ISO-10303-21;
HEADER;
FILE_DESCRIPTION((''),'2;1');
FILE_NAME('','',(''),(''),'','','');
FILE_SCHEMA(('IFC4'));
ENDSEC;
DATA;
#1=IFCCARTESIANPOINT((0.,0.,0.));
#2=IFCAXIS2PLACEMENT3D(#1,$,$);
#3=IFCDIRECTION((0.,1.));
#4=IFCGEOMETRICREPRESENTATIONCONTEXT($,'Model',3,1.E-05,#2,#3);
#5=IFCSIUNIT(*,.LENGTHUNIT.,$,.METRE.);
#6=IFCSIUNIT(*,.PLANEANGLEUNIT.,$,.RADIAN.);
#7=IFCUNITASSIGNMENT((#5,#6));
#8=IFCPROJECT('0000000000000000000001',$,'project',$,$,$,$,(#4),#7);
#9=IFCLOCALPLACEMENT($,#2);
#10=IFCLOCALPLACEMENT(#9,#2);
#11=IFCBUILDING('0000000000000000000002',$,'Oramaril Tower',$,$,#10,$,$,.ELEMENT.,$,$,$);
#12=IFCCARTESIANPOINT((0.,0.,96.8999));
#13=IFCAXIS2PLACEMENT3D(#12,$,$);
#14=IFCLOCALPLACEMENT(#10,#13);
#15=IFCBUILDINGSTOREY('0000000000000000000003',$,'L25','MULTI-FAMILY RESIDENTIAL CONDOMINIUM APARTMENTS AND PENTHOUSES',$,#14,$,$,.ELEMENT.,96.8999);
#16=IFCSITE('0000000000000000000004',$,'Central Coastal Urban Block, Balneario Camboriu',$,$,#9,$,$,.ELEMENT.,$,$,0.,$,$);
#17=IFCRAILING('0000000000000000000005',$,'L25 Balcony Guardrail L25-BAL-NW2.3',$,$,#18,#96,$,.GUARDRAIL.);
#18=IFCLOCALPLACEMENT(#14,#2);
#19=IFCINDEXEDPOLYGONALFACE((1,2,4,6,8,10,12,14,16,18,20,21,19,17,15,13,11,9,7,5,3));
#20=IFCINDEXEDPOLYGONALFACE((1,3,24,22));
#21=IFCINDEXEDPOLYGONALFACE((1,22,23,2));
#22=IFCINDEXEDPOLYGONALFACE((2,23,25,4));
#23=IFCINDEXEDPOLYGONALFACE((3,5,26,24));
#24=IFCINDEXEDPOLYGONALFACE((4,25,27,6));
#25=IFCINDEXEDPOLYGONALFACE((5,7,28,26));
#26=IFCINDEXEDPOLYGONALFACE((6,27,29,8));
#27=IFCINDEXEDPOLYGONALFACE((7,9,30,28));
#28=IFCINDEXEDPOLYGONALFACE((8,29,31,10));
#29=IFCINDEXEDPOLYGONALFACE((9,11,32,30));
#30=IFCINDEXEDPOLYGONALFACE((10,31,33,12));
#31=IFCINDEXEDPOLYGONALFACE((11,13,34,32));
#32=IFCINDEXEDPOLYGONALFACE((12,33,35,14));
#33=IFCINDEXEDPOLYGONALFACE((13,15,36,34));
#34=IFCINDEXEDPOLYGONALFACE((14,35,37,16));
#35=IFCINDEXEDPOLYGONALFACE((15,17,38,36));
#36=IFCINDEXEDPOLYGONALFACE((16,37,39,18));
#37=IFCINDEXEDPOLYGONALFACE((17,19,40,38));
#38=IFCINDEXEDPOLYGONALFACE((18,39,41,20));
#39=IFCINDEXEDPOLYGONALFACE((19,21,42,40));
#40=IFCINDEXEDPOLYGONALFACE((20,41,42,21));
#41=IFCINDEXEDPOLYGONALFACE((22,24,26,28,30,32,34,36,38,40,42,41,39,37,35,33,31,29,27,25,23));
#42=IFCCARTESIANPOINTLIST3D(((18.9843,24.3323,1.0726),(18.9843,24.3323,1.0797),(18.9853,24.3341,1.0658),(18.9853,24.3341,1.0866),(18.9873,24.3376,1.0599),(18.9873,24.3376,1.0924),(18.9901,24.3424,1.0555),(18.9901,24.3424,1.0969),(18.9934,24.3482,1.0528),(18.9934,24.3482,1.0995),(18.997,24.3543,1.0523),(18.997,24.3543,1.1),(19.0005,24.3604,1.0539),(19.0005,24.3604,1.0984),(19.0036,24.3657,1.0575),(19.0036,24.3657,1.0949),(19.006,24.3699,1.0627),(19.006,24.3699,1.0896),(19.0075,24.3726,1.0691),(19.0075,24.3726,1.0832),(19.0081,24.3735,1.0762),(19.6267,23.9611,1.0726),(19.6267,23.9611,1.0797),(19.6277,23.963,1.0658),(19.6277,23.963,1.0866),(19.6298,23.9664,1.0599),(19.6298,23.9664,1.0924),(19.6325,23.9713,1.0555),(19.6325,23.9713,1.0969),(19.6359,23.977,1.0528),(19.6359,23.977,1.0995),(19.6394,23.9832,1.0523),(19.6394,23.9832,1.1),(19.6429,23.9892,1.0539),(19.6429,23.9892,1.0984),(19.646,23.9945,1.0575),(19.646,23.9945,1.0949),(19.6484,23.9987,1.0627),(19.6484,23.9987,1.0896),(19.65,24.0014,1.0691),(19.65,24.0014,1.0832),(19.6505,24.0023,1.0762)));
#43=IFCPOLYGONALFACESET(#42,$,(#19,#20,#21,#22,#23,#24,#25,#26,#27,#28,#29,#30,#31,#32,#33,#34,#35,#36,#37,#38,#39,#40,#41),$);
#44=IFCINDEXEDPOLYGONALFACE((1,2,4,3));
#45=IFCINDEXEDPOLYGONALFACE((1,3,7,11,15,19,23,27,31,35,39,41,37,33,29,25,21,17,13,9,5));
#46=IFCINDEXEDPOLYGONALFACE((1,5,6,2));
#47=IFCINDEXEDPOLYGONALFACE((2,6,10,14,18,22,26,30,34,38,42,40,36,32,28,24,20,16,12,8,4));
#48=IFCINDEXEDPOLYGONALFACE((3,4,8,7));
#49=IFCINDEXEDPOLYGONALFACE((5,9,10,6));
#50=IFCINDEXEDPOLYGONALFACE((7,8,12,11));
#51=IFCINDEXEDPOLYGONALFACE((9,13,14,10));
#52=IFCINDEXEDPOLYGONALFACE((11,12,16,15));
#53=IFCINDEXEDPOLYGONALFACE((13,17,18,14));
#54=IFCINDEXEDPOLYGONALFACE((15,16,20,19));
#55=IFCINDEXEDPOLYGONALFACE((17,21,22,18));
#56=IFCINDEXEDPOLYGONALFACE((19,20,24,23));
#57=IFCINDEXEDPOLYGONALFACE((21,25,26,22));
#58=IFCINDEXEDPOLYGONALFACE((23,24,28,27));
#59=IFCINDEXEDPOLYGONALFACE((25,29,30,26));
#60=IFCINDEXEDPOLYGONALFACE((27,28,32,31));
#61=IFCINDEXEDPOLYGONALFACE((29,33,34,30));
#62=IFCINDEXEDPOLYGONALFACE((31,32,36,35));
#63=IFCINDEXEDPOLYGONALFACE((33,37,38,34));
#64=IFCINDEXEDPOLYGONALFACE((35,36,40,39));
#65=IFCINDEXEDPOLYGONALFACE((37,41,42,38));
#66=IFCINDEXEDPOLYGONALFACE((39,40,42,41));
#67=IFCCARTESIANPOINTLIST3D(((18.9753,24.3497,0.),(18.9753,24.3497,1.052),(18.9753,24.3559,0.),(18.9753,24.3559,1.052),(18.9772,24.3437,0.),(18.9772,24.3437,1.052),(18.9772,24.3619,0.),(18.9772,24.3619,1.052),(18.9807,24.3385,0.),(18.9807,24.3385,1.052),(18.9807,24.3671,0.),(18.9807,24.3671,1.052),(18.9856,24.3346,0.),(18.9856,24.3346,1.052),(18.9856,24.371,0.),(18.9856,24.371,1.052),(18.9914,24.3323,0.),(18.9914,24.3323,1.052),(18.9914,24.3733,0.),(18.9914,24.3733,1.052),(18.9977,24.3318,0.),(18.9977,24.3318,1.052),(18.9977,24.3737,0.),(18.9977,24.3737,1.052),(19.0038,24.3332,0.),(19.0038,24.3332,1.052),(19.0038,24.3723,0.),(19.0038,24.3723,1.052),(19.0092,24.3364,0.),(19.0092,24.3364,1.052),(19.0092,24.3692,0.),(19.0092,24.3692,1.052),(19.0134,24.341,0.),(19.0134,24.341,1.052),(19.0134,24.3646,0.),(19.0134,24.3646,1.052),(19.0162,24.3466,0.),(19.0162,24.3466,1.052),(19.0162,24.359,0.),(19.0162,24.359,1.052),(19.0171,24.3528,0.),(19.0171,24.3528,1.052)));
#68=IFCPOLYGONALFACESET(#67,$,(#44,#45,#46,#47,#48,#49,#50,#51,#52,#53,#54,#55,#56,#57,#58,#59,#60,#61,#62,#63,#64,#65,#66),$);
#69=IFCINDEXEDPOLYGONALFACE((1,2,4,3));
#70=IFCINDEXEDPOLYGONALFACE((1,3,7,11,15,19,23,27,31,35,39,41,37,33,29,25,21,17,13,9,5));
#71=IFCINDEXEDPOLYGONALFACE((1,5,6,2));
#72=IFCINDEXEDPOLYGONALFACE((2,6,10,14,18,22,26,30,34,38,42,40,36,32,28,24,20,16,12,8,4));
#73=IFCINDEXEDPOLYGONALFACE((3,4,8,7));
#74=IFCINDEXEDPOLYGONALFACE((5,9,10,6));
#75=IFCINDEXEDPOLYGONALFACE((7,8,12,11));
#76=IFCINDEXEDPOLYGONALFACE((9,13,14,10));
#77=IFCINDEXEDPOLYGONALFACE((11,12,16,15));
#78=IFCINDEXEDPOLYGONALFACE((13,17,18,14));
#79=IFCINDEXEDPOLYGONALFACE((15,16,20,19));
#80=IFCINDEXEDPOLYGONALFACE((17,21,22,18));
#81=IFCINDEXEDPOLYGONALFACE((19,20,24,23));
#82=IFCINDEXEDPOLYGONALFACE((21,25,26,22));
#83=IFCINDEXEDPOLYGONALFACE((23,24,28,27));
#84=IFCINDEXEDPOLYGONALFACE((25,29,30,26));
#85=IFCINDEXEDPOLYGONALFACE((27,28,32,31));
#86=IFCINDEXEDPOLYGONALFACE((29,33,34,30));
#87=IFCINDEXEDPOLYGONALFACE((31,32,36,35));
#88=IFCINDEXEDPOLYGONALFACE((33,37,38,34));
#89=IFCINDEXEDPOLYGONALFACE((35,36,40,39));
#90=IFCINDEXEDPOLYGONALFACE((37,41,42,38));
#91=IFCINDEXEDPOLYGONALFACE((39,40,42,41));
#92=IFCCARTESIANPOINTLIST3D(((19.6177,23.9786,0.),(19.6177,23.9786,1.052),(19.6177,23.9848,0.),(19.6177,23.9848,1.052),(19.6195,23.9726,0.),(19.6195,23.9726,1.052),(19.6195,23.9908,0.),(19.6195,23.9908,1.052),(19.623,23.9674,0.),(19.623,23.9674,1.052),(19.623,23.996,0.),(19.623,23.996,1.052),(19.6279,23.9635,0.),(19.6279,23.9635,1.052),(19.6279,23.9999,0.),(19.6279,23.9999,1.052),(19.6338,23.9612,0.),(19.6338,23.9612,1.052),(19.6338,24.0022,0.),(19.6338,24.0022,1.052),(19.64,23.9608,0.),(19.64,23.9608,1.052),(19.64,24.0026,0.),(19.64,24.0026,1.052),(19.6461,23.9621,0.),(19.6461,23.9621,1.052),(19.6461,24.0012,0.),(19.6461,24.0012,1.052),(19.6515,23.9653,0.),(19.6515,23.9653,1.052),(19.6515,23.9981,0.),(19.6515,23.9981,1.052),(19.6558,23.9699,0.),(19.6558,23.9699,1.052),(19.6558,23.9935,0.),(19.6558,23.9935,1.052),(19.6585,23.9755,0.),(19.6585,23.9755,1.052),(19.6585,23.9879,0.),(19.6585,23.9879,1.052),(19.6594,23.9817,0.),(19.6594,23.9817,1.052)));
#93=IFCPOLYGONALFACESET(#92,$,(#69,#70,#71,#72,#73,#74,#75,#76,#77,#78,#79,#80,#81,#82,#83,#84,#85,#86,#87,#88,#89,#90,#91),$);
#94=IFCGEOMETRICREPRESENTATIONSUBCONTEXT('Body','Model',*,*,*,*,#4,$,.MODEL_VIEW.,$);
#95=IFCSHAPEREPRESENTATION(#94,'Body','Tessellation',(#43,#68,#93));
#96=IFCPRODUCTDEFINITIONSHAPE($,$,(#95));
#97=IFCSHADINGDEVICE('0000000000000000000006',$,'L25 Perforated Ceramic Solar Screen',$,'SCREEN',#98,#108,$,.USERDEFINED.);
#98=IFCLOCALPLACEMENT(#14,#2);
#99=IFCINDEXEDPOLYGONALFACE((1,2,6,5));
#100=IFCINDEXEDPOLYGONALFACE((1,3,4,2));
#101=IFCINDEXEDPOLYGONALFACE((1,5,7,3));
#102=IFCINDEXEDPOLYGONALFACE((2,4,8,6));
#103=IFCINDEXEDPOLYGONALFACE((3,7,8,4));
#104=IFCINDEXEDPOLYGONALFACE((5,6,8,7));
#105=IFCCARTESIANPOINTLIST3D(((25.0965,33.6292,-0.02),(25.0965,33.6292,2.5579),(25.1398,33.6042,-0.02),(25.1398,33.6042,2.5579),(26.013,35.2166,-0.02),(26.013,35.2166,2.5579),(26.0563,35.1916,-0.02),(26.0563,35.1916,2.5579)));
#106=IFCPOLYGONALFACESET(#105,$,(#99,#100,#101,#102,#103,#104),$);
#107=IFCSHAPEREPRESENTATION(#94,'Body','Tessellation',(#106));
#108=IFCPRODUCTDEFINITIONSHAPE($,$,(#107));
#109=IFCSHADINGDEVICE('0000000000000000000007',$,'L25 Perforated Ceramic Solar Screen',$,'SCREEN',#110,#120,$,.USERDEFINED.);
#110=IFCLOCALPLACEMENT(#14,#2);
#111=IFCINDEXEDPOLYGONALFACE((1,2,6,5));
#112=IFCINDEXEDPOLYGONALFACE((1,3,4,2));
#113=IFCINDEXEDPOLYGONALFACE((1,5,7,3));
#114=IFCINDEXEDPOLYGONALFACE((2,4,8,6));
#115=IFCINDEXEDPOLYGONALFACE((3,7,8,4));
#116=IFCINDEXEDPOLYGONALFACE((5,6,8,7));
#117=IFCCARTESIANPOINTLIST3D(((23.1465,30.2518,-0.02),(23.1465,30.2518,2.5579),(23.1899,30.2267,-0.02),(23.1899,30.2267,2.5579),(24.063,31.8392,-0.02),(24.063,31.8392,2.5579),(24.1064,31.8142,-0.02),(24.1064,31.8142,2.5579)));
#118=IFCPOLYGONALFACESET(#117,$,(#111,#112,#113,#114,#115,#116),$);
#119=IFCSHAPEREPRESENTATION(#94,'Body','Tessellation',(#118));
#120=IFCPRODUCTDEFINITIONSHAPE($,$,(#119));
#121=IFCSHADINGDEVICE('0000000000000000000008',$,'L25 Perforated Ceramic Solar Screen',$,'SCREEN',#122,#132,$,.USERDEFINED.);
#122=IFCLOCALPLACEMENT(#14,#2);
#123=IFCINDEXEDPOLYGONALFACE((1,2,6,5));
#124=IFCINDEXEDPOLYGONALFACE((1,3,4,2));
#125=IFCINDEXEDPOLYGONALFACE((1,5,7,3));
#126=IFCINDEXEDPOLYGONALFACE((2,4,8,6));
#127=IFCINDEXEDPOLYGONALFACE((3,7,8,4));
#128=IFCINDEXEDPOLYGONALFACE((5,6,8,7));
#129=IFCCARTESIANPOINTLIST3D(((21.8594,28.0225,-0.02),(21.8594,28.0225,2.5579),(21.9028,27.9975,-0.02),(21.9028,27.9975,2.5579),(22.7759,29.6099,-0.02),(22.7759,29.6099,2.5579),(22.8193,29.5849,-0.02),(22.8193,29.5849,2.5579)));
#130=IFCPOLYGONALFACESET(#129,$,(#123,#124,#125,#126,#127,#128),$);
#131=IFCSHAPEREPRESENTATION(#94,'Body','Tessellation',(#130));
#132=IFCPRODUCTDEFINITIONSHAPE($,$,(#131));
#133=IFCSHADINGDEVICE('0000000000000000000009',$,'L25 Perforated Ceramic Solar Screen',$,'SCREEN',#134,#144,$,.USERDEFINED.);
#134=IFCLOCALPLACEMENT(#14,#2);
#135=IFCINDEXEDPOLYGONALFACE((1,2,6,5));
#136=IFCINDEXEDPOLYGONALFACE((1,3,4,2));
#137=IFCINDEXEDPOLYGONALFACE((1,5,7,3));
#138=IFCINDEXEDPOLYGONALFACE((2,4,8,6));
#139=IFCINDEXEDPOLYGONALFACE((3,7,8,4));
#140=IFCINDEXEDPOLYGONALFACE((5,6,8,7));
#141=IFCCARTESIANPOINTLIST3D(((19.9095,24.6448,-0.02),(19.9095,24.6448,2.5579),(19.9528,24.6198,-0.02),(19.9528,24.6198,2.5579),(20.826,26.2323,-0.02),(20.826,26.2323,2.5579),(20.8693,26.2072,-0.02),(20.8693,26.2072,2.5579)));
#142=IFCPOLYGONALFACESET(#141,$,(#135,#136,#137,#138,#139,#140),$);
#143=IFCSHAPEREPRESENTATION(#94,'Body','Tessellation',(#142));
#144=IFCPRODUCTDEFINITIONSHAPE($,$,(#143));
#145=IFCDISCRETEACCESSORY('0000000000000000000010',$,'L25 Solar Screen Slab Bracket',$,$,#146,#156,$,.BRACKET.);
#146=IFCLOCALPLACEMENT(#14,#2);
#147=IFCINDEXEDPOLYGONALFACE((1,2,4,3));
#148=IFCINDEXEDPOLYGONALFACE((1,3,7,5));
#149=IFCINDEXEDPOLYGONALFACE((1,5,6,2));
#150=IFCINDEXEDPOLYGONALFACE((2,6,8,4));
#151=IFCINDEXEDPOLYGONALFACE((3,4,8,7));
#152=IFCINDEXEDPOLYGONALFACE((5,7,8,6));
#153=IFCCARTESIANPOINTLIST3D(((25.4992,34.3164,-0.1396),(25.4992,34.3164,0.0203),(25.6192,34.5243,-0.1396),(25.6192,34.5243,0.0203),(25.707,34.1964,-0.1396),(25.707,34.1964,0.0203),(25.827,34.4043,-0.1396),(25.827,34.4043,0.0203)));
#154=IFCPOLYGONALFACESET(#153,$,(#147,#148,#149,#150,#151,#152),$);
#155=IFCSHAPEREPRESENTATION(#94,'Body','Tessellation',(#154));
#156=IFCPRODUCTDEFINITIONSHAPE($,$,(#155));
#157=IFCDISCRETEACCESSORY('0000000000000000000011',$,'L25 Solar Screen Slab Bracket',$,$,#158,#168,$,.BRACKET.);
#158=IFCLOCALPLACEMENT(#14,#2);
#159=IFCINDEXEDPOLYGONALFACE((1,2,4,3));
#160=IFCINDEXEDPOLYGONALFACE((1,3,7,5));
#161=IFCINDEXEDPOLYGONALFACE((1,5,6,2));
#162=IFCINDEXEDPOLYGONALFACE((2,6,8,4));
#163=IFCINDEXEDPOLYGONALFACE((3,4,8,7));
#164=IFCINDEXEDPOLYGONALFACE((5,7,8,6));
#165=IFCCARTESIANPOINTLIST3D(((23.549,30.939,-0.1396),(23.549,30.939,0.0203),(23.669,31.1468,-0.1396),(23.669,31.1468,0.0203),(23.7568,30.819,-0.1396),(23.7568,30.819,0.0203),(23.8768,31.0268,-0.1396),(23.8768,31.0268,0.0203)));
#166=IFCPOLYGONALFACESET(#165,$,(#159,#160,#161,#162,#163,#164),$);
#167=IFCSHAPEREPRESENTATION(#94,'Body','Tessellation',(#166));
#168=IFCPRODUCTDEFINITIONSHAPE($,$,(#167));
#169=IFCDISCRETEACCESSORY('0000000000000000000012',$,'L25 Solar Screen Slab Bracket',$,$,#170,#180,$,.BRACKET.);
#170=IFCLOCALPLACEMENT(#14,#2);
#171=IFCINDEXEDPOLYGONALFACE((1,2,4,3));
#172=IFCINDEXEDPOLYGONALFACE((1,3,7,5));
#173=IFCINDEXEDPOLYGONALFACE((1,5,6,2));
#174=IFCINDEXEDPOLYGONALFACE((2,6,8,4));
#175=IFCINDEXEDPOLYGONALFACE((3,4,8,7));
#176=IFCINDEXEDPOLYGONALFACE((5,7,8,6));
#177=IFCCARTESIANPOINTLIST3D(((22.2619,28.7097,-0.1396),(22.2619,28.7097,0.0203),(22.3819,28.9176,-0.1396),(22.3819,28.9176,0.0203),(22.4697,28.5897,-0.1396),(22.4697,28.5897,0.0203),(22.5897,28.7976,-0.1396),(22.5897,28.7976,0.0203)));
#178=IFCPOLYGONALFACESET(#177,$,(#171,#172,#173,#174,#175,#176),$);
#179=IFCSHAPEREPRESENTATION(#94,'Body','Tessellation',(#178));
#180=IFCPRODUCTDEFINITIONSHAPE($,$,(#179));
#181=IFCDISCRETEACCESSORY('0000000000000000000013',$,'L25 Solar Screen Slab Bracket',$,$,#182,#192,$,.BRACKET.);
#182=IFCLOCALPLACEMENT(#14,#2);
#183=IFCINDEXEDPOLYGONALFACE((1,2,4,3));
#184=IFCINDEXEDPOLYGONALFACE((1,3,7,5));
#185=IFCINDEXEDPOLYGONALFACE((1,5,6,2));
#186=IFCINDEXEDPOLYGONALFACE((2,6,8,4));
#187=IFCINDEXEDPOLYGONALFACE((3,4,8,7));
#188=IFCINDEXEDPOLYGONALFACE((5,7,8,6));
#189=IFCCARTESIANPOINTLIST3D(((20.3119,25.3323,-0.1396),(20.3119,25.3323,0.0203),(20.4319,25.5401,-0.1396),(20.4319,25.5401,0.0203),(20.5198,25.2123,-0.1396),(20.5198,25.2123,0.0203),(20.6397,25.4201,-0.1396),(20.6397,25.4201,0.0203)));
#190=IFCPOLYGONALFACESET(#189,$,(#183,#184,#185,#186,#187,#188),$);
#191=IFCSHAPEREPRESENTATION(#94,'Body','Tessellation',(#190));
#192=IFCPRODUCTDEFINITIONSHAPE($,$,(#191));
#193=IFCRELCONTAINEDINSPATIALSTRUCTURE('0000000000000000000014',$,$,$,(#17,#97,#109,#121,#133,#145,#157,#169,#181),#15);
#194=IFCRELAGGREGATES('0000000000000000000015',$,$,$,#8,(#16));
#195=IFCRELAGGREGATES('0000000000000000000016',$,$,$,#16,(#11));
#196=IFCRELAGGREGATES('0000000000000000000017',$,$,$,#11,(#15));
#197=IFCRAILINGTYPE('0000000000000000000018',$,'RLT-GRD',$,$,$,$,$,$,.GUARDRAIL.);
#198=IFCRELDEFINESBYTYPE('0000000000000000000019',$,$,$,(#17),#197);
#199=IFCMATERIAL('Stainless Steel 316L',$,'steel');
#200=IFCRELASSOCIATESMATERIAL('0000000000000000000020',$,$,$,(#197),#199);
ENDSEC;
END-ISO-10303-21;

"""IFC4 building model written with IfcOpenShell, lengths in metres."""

from ifc_helpers import new_model, si_unit, direction, frame, origin, origin_2d, place, context, subcontext, project, spatial, rectangle, circle, extrude, material, type_object, element, save


model = new_model("IFC4")

# Units and contexts
model_context = context("Model", 3, precision=1e-05, world=origin(), true_north=direction((0.0, 1.0)))
body_context = subcontext(model_context, "Body", "Model", "MODEL_VIEW")
ifc_project = project(units=[si_unit("LENGTHUNIT", "METRE"), si_unit("PLANEANGLEUNIT", "RADIAN")], contexts=[model_context])

# Site, building, storey
site_placement = place(None, origin())
site = spatial("IfcSite", under=ifc_project, at=site_placement, Name="Central Coastal Urban Block, Balneario Camboriu", CompositionType="ELEMENT", RefElevation=0.0)
building_placement = place(site_placement, origin())
building = spatial("IfcBuilding", under=site, at=building_placement, Name="Oramaril Tower", CompositionType="ELEMENT")
storey_placement = place(building_placement, frame((0.0, 0.0, 96.8999)))
storey = spatial("IfcBuildingStorey", under=building, at=storey_placement, Name="L25", Description="MULTI-FAMILY RESIDENTIAL CONDOMINIUM APARTMENTS AND PENTHOUSES", CompositionType="ELEMENT", Elevation=96.8999)

# Railing
ifc_material_1 = material(Name="Stainless Steel 316L", Category="steel")
railing_type = type_object("IfcRailingType", Name="RLT-GRD", PredefinedType="GUARDRAIL", material=ifc_material_1)
railing_placement = place(storey_placement, frame((18.9961, 24.3528, 0.0)))
element("IfcRailing", 1, at=railing_placement, inside=storey, type_object=railing_type, Name="L25 Balcony Guardrail L25-BAL-NW2.3", PredefinedType="GUARDRAIL", context=body_context, shape_type="SweptSolid", body=[
    extrude(circle(Radius=0.0239, at=origin_2d()), frame((0.0, 0.0, 1.0762), z_axis=(0.865884, -0.500245, 0.0), x_axis=(0.500245, 0.865884, 0.0)), (0.0, 0.0, 1.0), 0.7419),
    extrude(circle(Radius=0.021, at=origin_2d()), origin(), (0.0, 0.0, 1.0), 1.052),
    extrude(circle(Radius=0.021, at=origin_2d()), frame((0.6423, -0.3711, 0.0)), (0.0, 0.0, 1.0), 1.052),
])

# Shading devices
for number, where, z_axis, x_axis, name in (
    (2, (25.5764, 34.4104, -0.02), (0.0, 0.0, 1.0), (-0.5, -0.866025, 0.0), "L25 Perforated Ceramic Solar Screen"),
    (3, (23.6265, 31.033, -0.02), (0.0, 0.0, 1.0), (-0.5, -0.866025, 0.0), "L25 Perforated Ceramic Solar Screen"),
    (4, (22.3394, 28.8037, -0.02), (0.0, 0.0, 1.0), (-0.5, -0.866025, 0.0), "L25 Perforated Ceramic Solar Screen"),
    (5, (20.3894, 25.426, -0.02), (0.0, 0.0, 1.0), (-0.5, -0.866025, 0.0), "L25 Perforated Ceramic Solar Screen"),
):
    element("IfcShadingDevice", number, at=place(storey_placement, frame(where, z_axis=z_axis, x_axis=x_axis)), inside=storey, Name=name, ObjectType="SCREEN", PredefinedType="USERDEFINED", context=body_context, shape_type="SweptSolid", body=[
        extrude(rectangle(XDim=1.833, YDim=0.05, at=origin_2d()), origin(), (0.0, 0.0, 1.0), 2.5779),
    ])

# Discrete accessories
for number, where, z_axis, x_axis, name in (
    (6, (25.6631, 34.3604, -0.1396), (0.0, 0.0, 1.0), (-0.5, -0.866025, 0.0), "L25 Solar Screen Slab Bracket"),
    (7, (23.7129, 30.9829, -0.1396), (0.0, 0.0, 1.0), (-0.5, -0.866025, 0.0), "L25 Solar Screen Slab Bracket"),
    (8, (22.4258, 28.7537, -0.1396), (0.0, 0.0, 1.0), (-0.5, -0.866025, 0.0), "L25 Solar Screen Slab Bracket"),
    (9, (20.4758, 25.3762, -0.1396), (0.0, 0.0, 1.0), (-0.5, -0.866025, 0.0), "L25 Solar Screen Slab Bracket"),
):
    element("IfcDiscreteAccessory", number, at=place(storey_placement, frame(where, z_axis=z_axis, x_axis=x_axis)), inside=storey, Name=name, PredefinedType="BRACKET", context=body_context, shape_type="SweptSolid", body=[
        extrude(rectangle(XDim=0.24, YDim=0.24, at=origin_2d()), origin(), (0.0, 0.0, 1.0), 0.1599),
    ])

save(model, "model.ifc")
